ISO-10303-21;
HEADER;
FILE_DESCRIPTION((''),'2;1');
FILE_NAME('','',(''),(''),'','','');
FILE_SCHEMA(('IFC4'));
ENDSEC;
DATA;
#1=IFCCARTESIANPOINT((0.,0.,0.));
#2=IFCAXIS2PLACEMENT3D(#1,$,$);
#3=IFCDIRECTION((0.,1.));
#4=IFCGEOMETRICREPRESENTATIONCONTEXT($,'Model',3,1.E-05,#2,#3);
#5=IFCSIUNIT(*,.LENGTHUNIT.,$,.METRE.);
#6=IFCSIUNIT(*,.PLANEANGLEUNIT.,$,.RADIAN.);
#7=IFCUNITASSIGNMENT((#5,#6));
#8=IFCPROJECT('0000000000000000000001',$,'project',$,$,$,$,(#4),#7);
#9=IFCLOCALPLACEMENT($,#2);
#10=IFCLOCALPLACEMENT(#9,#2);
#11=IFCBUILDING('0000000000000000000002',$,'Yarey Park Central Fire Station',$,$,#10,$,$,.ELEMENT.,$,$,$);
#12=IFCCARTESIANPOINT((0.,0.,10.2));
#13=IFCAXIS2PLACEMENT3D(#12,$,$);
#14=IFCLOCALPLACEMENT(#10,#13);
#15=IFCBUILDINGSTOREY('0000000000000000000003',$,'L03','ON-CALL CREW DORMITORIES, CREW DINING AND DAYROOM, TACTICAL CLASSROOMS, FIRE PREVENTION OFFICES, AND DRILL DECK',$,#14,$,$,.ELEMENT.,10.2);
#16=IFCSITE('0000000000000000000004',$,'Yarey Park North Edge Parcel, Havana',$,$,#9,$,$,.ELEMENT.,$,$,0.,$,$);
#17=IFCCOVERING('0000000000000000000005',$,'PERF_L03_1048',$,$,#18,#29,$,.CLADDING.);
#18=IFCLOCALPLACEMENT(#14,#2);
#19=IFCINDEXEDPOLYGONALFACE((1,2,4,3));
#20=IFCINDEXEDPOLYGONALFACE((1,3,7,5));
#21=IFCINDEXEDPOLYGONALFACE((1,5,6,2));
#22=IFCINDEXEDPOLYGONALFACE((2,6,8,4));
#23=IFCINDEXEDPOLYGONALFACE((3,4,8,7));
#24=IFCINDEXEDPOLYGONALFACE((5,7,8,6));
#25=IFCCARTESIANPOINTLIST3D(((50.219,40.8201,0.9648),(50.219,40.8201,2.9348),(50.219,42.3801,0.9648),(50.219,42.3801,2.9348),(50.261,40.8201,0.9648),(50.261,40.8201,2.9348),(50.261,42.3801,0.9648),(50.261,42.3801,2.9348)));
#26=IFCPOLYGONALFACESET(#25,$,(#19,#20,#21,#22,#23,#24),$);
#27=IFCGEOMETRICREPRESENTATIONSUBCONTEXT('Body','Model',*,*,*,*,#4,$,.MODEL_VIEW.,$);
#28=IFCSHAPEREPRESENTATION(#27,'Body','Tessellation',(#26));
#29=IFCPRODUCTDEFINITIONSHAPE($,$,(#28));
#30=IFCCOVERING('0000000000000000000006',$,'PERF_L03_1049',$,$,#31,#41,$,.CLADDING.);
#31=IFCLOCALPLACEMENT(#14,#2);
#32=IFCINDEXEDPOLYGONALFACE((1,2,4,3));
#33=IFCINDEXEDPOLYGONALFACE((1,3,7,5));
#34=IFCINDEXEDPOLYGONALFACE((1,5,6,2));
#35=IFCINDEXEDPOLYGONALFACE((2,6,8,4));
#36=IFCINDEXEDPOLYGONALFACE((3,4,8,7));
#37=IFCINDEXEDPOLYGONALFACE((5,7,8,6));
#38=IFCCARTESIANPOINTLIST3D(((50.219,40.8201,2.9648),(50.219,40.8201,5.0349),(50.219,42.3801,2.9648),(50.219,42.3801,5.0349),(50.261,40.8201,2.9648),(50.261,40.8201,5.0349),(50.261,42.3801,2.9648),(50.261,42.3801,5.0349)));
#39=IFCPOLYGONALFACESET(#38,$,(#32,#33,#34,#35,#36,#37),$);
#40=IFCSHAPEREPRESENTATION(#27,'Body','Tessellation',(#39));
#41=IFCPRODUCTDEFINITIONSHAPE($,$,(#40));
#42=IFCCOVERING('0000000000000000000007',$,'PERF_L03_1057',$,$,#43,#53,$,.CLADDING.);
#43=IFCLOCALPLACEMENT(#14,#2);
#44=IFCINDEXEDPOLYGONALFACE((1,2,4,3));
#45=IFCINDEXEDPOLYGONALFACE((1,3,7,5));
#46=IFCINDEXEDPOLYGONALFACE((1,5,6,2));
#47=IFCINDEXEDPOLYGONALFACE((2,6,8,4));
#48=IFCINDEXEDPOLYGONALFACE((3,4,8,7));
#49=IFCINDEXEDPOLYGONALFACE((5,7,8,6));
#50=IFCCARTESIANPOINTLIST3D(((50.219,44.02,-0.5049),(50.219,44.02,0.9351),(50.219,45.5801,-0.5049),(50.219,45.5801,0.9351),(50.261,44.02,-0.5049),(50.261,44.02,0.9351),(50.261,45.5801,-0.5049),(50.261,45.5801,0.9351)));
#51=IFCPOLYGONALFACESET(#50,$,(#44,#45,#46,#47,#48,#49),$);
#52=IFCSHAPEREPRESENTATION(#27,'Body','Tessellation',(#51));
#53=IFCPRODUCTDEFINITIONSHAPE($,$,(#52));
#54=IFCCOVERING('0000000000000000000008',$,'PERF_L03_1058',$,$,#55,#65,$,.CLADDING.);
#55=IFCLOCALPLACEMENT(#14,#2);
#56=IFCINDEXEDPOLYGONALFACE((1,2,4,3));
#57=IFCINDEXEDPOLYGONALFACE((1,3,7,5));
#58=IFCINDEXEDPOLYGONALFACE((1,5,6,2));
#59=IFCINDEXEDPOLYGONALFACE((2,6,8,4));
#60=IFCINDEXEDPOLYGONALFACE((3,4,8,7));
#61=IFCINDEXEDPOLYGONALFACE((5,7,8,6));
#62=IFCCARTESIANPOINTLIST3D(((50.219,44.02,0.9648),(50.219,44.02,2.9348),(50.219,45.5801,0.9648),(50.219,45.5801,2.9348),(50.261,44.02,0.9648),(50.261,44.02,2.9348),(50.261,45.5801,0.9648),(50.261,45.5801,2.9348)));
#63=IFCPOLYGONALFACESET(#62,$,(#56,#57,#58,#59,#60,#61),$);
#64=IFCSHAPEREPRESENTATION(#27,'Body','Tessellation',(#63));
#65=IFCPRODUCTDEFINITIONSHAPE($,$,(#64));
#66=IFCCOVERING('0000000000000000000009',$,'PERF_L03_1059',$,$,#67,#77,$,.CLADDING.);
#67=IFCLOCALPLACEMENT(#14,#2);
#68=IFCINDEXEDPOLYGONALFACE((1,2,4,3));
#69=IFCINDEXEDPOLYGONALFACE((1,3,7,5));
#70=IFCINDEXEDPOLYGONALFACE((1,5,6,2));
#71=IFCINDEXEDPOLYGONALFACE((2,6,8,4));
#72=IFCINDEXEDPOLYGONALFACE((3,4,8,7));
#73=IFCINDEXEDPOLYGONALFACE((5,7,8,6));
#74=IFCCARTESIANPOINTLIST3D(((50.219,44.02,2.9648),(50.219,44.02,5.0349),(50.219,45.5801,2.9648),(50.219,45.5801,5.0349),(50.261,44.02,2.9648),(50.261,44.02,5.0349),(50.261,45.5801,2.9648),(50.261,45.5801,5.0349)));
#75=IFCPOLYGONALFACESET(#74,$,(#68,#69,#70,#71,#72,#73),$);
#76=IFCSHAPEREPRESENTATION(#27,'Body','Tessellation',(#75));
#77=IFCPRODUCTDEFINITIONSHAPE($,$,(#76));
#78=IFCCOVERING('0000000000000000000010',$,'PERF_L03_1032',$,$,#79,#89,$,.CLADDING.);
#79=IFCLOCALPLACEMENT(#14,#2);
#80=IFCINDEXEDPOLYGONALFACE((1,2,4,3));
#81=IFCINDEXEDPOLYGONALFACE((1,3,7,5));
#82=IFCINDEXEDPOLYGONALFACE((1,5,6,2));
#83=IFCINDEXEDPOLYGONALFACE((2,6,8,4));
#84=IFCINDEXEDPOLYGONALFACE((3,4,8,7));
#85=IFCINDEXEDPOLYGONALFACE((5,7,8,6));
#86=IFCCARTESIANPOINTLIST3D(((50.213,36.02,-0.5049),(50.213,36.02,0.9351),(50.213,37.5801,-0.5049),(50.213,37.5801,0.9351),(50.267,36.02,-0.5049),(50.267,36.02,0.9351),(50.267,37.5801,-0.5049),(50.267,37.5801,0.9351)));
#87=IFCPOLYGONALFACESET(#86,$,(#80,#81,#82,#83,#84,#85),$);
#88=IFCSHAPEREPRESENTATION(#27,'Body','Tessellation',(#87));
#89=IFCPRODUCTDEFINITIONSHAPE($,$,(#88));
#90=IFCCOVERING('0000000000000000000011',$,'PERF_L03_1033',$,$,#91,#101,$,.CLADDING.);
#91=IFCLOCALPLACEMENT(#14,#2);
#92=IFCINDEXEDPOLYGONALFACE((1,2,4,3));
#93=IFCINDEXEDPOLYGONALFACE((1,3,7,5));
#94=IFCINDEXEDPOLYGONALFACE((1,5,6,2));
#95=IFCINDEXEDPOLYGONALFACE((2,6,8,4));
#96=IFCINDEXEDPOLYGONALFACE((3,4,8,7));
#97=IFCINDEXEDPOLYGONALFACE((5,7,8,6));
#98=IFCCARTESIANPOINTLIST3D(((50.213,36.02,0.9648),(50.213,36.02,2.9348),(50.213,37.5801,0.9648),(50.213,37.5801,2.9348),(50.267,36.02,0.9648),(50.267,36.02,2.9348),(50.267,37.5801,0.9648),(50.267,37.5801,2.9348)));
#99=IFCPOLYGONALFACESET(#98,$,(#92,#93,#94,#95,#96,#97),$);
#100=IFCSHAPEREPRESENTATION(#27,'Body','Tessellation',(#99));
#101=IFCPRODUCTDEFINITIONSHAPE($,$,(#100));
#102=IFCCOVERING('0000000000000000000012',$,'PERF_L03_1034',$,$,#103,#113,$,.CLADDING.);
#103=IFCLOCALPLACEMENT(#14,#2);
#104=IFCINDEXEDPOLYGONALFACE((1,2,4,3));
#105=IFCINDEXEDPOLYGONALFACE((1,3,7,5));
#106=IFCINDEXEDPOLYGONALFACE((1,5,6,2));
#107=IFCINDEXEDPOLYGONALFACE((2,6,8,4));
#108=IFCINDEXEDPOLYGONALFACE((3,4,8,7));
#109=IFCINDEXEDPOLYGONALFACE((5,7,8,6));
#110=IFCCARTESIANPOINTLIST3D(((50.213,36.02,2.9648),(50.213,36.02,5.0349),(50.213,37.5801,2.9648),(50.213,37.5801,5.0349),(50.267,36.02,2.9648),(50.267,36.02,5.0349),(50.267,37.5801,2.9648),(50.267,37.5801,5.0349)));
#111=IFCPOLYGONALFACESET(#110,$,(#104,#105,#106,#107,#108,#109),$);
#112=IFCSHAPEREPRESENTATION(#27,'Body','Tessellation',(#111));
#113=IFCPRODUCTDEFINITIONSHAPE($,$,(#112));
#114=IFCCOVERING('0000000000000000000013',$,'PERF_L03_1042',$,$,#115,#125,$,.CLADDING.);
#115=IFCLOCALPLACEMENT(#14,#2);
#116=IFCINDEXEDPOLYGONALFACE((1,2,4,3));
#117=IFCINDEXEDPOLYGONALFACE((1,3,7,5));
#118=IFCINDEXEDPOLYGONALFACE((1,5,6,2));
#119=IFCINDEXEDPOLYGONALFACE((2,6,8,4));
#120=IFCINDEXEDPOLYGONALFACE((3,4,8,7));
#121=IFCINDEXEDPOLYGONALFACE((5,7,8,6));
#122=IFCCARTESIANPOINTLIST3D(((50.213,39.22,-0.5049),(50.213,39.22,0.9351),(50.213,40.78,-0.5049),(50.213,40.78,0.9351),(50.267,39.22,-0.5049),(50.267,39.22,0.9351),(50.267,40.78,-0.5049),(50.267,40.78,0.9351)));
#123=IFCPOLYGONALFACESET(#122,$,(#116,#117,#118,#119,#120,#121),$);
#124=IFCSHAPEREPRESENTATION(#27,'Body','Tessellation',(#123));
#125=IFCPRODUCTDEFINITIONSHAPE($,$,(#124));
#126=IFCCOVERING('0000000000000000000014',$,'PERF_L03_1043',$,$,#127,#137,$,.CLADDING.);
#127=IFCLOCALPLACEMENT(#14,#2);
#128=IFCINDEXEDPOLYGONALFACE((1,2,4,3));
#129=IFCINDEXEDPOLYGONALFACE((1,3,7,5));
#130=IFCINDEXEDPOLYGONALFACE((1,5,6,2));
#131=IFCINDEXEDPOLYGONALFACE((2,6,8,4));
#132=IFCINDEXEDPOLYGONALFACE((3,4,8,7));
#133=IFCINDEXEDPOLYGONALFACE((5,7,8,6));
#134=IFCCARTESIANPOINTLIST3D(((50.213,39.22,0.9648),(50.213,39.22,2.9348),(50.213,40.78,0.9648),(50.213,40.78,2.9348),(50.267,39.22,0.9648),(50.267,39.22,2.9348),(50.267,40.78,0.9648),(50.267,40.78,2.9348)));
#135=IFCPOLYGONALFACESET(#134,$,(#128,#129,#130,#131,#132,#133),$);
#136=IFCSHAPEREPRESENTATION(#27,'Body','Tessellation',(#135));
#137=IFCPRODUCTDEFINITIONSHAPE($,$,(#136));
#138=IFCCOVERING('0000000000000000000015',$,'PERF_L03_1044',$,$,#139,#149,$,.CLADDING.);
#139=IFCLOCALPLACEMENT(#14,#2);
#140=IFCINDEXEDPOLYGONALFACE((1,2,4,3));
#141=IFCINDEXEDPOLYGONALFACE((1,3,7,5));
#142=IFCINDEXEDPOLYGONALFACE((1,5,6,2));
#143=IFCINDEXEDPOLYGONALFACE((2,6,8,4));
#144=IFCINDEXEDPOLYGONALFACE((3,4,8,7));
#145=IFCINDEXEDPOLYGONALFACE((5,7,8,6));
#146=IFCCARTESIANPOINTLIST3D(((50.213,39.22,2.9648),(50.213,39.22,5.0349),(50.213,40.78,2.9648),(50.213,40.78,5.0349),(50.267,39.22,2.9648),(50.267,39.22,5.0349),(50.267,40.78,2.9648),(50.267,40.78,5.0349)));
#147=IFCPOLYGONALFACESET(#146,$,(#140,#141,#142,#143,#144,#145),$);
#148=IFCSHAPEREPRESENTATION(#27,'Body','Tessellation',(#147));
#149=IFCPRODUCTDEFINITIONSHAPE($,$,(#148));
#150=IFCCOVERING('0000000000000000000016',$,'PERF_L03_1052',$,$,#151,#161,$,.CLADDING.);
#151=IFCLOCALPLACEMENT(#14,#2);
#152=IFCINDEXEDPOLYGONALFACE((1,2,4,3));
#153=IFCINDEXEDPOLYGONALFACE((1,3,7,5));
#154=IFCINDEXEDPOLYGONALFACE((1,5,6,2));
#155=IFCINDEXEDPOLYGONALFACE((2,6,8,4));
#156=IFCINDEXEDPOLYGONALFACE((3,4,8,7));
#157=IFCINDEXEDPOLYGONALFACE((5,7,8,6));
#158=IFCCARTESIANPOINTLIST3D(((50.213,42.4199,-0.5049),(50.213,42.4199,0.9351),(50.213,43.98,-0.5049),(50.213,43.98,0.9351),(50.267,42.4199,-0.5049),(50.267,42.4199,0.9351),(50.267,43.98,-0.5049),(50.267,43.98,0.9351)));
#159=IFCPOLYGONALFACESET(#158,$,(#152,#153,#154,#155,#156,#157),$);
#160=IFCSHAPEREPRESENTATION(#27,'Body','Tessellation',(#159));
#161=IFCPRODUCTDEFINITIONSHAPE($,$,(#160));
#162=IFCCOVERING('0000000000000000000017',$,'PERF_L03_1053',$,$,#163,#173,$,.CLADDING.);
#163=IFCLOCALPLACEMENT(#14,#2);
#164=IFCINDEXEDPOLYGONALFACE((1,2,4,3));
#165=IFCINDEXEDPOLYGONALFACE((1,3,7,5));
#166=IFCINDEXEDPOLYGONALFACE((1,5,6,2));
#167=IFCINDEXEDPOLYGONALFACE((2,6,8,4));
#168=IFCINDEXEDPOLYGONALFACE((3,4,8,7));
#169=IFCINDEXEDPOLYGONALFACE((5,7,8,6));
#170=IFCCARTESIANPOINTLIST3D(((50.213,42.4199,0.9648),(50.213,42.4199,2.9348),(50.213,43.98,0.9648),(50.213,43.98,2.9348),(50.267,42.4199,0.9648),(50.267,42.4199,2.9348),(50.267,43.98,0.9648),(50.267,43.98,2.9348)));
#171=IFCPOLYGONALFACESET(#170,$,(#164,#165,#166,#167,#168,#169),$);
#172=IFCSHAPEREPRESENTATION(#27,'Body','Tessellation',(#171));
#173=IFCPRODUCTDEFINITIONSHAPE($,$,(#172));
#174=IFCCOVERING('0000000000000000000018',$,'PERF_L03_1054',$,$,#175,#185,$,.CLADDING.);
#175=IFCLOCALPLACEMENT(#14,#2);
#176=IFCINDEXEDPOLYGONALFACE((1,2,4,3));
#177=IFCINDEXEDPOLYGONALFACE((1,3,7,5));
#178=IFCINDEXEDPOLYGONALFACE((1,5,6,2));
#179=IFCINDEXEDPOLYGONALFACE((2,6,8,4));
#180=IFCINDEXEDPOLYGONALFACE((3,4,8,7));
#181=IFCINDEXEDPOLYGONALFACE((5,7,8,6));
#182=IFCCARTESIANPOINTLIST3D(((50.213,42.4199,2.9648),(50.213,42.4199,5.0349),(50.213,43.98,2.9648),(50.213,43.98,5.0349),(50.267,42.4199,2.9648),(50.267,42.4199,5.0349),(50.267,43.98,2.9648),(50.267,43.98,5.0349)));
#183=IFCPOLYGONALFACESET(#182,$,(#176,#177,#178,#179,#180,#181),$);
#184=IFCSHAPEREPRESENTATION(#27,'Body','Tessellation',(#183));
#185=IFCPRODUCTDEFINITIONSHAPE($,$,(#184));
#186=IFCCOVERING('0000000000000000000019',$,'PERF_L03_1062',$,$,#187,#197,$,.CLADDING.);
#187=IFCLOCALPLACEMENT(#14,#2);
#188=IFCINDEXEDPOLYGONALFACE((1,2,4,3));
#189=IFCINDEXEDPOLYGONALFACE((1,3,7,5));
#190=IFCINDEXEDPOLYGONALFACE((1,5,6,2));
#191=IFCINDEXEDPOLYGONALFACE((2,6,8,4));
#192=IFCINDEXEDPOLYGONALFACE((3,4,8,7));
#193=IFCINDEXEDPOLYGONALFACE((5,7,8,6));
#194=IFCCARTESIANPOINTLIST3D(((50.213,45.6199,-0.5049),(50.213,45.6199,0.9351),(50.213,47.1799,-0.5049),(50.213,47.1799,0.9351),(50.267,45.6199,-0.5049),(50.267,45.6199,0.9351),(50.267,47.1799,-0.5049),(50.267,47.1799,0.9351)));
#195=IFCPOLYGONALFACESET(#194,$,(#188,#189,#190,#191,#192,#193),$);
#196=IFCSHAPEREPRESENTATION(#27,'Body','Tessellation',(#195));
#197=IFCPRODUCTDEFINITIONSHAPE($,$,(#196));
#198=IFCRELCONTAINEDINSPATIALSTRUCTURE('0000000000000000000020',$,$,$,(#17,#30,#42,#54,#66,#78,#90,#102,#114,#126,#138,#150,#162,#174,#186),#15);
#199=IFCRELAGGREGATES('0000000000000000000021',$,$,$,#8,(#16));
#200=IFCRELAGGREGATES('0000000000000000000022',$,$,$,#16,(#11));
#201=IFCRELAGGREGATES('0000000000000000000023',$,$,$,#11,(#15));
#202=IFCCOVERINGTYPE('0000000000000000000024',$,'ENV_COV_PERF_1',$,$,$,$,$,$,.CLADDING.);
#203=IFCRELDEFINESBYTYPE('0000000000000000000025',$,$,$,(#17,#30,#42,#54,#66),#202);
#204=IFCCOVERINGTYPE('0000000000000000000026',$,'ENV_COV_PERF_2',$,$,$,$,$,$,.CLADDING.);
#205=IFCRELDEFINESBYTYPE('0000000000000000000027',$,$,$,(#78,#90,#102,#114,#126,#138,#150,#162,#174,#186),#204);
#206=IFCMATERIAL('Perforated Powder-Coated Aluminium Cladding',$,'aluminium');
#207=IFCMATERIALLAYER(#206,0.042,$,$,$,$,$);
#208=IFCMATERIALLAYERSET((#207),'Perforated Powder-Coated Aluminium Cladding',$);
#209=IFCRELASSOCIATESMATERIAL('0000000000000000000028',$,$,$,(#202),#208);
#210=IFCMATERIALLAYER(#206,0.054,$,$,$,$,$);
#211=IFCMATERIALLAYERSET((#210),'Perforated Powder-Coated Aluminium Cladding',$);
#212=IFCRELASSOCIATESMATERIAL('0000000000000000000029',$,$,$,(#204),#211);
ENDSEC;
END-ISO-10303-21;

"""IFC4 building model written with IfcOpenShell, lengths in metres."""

from ifc_helpers import new_model, si_unit, direction, frame, origin, origin_2d, place, context, subcontext, project, spatial, rectangle, extrude, material, layer, layer_set, type_object, element, save


model = new_model("IFC4")

# Units and contexts
model_context = context("Model", 3, precision=1e-05, world=origin(), true_north=direction((0.0, 1.0)))
body_context = subcontext(model_context, "Body", "Model", "MODEL_VIEW")
ifc_project = project(units=[si_unit("LENGTHUNIT", "METRE"), si_unit("PLANEANGLEUNIT", "RADIAN")], contexts=[model_context])

# Site, building, storey
site_placement = place(None, origin())
site = spatial("IfcSite", under=ifc_project, at=site_placement, Name="Yarey Park North Edge Parcel, Havana", CompositionType="ELEMENT", RefElevation=0.0)
building_placement = place(site_placement, origin())
building = spatial("IfcBuilding", under=site, at=building_placement, Name="Yarey Park Central Fire Station", CompositionType="ELEMENT")
storey_placement = place(building_placement, frame((0.0, 0.0, 10.2)))
storey = spatial("IfcBuildingStorey", under=building, at=storey_placement, Name="L03", Description="ON-CALL CREW DORMITORIES, CREW DINING AND DAYROOM, TACTICAL CLASSROOMS, FIRE PREVENTION OFFICES, AND DRILL DECK", CompositionType="ELEMENT", Elevation=10.2)

# Coverings
ifc_material_1 = material(Name="Perforated Powder-Coated Aluminium Cladding", Category="aluminium")
ifc_layer_1 = layer(ifc_material_1, 0.042)
ifc_layer_set_1 = layer_set([ifc_layer_1], Name="Perforated Powder-Coated Aluminium Cladding")
covering_type_1 = type_object("IfcCoveringType", Name="ENV_COV_PERF_1", PredefinedType="CLADDING", material=ifc_layer_set_1)
covering_1_placement = place(storey_placement, frame((50.24, 41.6001, 0.9648), z_axis=(0.0, 0.0, 1.0), x_axis=(0.0, 1.0, 0.0)))
element("IfcCovering", 1, at=covering_1_placement, inside=storey, type_object=covering_type_1, Name="PERF_L03_1048", PredefinedType="CLADDING", context=body_context, shape_type="SweptSolid", body=[
    extrude(rectangle(XDim=1.5601, YDim=0.042, at=origin_2d()), origin(), (0.0, 0.0, 1.0), 1.97),
])
covering_2_placement = place(storey_placement, frame((50.24, 41.6001, 2.9648), z_axis=(0.0, 0.0, 1.0), x_axis=(0.0, 1.0, 0.0)))
element("IfcCovering", 2, at=covering_2_placement, inside=storey, type_object=covering_type_1, Name="PERF_L03_1049", PredefinedType="CLADDING", context=body_context, shape_type="SweptSolid", body=[
    extrude(rectangle(XDim=1.5601, YDim=0.042, at=origin_2d()), origin(), (0.0, 0.0, 1.0), 2.0701),
])
covering_3_placement = place(storey_placement, frame((50.24, 44.8, -0.5049), z_axis=(0.0, 0.0, 1.0), x_axis=(0.0, 1.0, 0.0)))
element("IfcCovering", 3, at=covering_3_placement, inside=storey, type_object=covering_type_1, Name="PERF_L03_1057", PredefinedType="CLADDING", context=body_context, shape_type="SweptSolid", body=[
    extrude(rectangle(XDim=1.5601, YDim=0.042, at=origin_2d()), origin(), (0.0, 0.0, 1.0), 1.4399),
])
covering_4_placement = place(storey_placement, frame((50.24, 44.8, 0.9648), z_axis=(0.0, 0.0, 1.0), x_axis=(0.0, 1.0, 0.0)))
element("IfcCovering", 4, at=covering_4_placement, inside=storey, type_object=covering_type_1, Name="PERF_L03_1058", PredefinedType="CLADDING", context=body_context, shape_type="SweptSolid", body=[
    extrude(rectangle(XDim=1.5601, YDim=0.042, at=origin_2d()), origin(), (0.0, 0.0, 1.0), 1.97),
])
covering_5_placement = place(storey_placement, frame((50.24, 44.8, 2.9648), z_axis=(0.0, 0.0, 1.0), x_axis=(0.0, 1.0, 0.0)))
element("IfcCovering", 5, at=covering_5_placement, inside=storey, type_object=covering_type_1, Name="PERF_L03_1059", PredefinedType="CLADDING", context=body_context, shape_type="SweptSolid", body=[
    extrude(rectangle(XDim=1.5601, YDim=0.042, at=origin_2d()), origin(), (0.0, 0.0, 1.0), 2.0701),
])
ifc_layer_2 = layer(ifc_material_1, 0.054)
ifc_layer_set_2 = layer_set([ifc_layer_2], Name="Perforated Powder-Coated Aluminium Cladding")
covering_type_2 = type_object("IfcCoveringType", Name="ENV_COV_PERF_2", PredefinedType="CLADDING", material=ifc_layer_set_2)
covering_6_placement = place(storey_placement, frame((50.24, 36.8, -0.5049), z_axis=(0.0, 0.0, 1.0), x_axis=(0.0, 1.0, 0.0)))
element("IfcCovering", 6, at=covering_6_placement, inside=storey, type_object=covering_type_2, Name="PERF_L03_1032", PredefinedType="CLADDING", context=body_context, shape_type="SweptSolid", body=[
    extrude(rectangle(XDim=1.5601, YDim=0.054, at=origin_2d()), origin(), (0.0, 0.0, 1.0), 1.4399),
])
covering_7_placement = place(storey_placement, frame((50.24, 36.8, 0.9648), z_axis=(0.0, 0.0, 1.0), x_axis=(0.0, 1.0, 0.0)))
element("IfcCovering", 7, at=covering_7_placement, inside=storey, type_object=covering_type_2, Name="PERF_L03_1033", PredefinedType="CLADDING", context=body_context, shape_type="SweptSolid", body=[
    extrude(rectangle(XDim=1.5601, YDim=0.054, at=origin_2d()), origin(), (0.0, 0.0, 1.0), 1.97),
])
covering_8_placement = place(storey_placement, frame((50.24, 36.8, 2.9648), z_axis=(0.0, 0.0, 1.0), x_axis=(0.0, 1.0, 0.0)))
element("IfcCovering", 8, at=covering_8_placement, inside=storey, type_object=covering_type_2, Name="PERF_L03_1034", PredefinedType="CLADDING", context=body_context, shape_type="SweptSolid", body=[
    extrude(rectangle(XDim=1.5601, YDim=0.054, at=origin_2d()), origin(), (0.0, 0.0, 1.0), 2.0701),
])
covering_9_placement = place(storey_placement, frame((50.24, 40.0, -0.5049), z_axis=(0.0, 0.0, 1.0), x_axis=(0.0, 1.0, 0.0)))
element("IfcCovering", 9, at=covering_9_placement, inside=storey, type_object=covering_type_2, Name="PERF_L03_1042", PredefinedType="CLADDING", context=body_context, shape_type="SweptSolid", body=[
    extrude(rectangle(XDim=1.5601, YDim=0.054, at=origin_2d()), origin(), (0.0, 0.0, 1.0), 1.4399),
])
covering_10_placement = place(storey_placement, frame((50.24, 40.0, 0.9648), z_axis=(0.0, 0.0, 1.0), x_axis=(0.0, 1.0, 0.0)))
element("IfcCovering", 10, at=covering_10_placement, inside=storey, type_object=covering_type_2, Name="PERF_L03_1043", PredefinedType="CLADDING", context=body_context, shape_type="SweptSolid", body=[
    extrude(rectangle(XDim=1.5601, YDim=0.054, at=origin_2d()), origin(), (0.0, 0.0, 1.0), 1.97),
])
covering_11_placement = place(storey_placement, frame((50.24, 40.0, 2.9648), z_axis=(0.0, 0.0, 1.0), x_axis=(0.0, 1.0, 0.0)))
element("IfcCovering", 11, at=covering_11_placement, inside=storey, type_object=covering_type_2, Name="PERF_L03_1044", PredefinedType="CLADDING", context=body_context, shape_type="SweptSolid", body=[
    extrude(rectangle(XDim=1.5601, YDim=0.054, at=origin_2d()), origin(), (0.0, 0.0, 1.0), 2.0701),
])
covering_12_placement = place(storey_placement, frame((50.24, 43.2, -0.5049), z_axis=(0.0, 0.0, 1.0), x_axis=(0.0, 1.0, 0.0)))
element("IfcCovering", 12, at=covering_12_placement, inside=storey, type_object=covering_type_2, Name="PERF_L03_1052", PredefinedType="CLADDING", context=body_context, shape_type="SweptSolid", body=[
    extrude(rectangle(XDim=1.5601, YDim=0.054, at=origin_2d()), origin(), (0.0, 0.0, 1.0), 1.4399),
])
covering_13_placement = place(storey_placement, frame((50.24, 43.2, 0.9648), z_axis=(0.0, 0.0, 1.0), x_axis=(0.0, 1.0, 0.0)))
element("IfcCovering", 13, at=covering_13_placement, inside=storey, type_object=covering_type_2, Name="PERF_L03_1053", PredefinedType="CLADDING", context=body_context, shape_type="SweptSolid", body=[
    extrude(rectangle(XDim=1.5601, YDim=0.054, at=origin_2d()), origin(), (0.0, 0.0, 1.0), 1.97),
])
covering_14_placement = place(storey_placement, frame((50.24, 43.2, 2.9648), z_axis=(0.0, 0.0, 1.0), x_axis=(0.0, 1.0, 0.0)))
element("IfcCovering", 14, at=covering_14_placement, inside=storey, type_object=covering_type_2, Name="PERF_L03_1054", PredefinedType="CLADDING", context=body_context, shape_type="SweptSolid", body=[
    extrude(rectangle(XDim=1.5601, YDim=0.054, at=origin_2d()), origin(), (0.0, 0.0, 1.0), 2.0701),
])
covering_15_placement = place(storey_placement, frame((50.24, 46.3999, -0.5049), z_axis=(0.0, 0.0, 1.0), x_axis=(0.0, 1.0, 0.0)))
element("IfcCovering", 15, at=covering_15_placement, inside=storey, type_object=covering_type_2, Name="PERF_L03_1062", PredefinedType="CLADDING", context=body_context, shape_type="SweptSolid", body=[
    extrude(rectangle(XDim=1.5601, YDim=0.054, at=origin_2d()), origin(), (0.0, 0.0, 1.0), 1.4399),
])

save(model, "model.ifc")
